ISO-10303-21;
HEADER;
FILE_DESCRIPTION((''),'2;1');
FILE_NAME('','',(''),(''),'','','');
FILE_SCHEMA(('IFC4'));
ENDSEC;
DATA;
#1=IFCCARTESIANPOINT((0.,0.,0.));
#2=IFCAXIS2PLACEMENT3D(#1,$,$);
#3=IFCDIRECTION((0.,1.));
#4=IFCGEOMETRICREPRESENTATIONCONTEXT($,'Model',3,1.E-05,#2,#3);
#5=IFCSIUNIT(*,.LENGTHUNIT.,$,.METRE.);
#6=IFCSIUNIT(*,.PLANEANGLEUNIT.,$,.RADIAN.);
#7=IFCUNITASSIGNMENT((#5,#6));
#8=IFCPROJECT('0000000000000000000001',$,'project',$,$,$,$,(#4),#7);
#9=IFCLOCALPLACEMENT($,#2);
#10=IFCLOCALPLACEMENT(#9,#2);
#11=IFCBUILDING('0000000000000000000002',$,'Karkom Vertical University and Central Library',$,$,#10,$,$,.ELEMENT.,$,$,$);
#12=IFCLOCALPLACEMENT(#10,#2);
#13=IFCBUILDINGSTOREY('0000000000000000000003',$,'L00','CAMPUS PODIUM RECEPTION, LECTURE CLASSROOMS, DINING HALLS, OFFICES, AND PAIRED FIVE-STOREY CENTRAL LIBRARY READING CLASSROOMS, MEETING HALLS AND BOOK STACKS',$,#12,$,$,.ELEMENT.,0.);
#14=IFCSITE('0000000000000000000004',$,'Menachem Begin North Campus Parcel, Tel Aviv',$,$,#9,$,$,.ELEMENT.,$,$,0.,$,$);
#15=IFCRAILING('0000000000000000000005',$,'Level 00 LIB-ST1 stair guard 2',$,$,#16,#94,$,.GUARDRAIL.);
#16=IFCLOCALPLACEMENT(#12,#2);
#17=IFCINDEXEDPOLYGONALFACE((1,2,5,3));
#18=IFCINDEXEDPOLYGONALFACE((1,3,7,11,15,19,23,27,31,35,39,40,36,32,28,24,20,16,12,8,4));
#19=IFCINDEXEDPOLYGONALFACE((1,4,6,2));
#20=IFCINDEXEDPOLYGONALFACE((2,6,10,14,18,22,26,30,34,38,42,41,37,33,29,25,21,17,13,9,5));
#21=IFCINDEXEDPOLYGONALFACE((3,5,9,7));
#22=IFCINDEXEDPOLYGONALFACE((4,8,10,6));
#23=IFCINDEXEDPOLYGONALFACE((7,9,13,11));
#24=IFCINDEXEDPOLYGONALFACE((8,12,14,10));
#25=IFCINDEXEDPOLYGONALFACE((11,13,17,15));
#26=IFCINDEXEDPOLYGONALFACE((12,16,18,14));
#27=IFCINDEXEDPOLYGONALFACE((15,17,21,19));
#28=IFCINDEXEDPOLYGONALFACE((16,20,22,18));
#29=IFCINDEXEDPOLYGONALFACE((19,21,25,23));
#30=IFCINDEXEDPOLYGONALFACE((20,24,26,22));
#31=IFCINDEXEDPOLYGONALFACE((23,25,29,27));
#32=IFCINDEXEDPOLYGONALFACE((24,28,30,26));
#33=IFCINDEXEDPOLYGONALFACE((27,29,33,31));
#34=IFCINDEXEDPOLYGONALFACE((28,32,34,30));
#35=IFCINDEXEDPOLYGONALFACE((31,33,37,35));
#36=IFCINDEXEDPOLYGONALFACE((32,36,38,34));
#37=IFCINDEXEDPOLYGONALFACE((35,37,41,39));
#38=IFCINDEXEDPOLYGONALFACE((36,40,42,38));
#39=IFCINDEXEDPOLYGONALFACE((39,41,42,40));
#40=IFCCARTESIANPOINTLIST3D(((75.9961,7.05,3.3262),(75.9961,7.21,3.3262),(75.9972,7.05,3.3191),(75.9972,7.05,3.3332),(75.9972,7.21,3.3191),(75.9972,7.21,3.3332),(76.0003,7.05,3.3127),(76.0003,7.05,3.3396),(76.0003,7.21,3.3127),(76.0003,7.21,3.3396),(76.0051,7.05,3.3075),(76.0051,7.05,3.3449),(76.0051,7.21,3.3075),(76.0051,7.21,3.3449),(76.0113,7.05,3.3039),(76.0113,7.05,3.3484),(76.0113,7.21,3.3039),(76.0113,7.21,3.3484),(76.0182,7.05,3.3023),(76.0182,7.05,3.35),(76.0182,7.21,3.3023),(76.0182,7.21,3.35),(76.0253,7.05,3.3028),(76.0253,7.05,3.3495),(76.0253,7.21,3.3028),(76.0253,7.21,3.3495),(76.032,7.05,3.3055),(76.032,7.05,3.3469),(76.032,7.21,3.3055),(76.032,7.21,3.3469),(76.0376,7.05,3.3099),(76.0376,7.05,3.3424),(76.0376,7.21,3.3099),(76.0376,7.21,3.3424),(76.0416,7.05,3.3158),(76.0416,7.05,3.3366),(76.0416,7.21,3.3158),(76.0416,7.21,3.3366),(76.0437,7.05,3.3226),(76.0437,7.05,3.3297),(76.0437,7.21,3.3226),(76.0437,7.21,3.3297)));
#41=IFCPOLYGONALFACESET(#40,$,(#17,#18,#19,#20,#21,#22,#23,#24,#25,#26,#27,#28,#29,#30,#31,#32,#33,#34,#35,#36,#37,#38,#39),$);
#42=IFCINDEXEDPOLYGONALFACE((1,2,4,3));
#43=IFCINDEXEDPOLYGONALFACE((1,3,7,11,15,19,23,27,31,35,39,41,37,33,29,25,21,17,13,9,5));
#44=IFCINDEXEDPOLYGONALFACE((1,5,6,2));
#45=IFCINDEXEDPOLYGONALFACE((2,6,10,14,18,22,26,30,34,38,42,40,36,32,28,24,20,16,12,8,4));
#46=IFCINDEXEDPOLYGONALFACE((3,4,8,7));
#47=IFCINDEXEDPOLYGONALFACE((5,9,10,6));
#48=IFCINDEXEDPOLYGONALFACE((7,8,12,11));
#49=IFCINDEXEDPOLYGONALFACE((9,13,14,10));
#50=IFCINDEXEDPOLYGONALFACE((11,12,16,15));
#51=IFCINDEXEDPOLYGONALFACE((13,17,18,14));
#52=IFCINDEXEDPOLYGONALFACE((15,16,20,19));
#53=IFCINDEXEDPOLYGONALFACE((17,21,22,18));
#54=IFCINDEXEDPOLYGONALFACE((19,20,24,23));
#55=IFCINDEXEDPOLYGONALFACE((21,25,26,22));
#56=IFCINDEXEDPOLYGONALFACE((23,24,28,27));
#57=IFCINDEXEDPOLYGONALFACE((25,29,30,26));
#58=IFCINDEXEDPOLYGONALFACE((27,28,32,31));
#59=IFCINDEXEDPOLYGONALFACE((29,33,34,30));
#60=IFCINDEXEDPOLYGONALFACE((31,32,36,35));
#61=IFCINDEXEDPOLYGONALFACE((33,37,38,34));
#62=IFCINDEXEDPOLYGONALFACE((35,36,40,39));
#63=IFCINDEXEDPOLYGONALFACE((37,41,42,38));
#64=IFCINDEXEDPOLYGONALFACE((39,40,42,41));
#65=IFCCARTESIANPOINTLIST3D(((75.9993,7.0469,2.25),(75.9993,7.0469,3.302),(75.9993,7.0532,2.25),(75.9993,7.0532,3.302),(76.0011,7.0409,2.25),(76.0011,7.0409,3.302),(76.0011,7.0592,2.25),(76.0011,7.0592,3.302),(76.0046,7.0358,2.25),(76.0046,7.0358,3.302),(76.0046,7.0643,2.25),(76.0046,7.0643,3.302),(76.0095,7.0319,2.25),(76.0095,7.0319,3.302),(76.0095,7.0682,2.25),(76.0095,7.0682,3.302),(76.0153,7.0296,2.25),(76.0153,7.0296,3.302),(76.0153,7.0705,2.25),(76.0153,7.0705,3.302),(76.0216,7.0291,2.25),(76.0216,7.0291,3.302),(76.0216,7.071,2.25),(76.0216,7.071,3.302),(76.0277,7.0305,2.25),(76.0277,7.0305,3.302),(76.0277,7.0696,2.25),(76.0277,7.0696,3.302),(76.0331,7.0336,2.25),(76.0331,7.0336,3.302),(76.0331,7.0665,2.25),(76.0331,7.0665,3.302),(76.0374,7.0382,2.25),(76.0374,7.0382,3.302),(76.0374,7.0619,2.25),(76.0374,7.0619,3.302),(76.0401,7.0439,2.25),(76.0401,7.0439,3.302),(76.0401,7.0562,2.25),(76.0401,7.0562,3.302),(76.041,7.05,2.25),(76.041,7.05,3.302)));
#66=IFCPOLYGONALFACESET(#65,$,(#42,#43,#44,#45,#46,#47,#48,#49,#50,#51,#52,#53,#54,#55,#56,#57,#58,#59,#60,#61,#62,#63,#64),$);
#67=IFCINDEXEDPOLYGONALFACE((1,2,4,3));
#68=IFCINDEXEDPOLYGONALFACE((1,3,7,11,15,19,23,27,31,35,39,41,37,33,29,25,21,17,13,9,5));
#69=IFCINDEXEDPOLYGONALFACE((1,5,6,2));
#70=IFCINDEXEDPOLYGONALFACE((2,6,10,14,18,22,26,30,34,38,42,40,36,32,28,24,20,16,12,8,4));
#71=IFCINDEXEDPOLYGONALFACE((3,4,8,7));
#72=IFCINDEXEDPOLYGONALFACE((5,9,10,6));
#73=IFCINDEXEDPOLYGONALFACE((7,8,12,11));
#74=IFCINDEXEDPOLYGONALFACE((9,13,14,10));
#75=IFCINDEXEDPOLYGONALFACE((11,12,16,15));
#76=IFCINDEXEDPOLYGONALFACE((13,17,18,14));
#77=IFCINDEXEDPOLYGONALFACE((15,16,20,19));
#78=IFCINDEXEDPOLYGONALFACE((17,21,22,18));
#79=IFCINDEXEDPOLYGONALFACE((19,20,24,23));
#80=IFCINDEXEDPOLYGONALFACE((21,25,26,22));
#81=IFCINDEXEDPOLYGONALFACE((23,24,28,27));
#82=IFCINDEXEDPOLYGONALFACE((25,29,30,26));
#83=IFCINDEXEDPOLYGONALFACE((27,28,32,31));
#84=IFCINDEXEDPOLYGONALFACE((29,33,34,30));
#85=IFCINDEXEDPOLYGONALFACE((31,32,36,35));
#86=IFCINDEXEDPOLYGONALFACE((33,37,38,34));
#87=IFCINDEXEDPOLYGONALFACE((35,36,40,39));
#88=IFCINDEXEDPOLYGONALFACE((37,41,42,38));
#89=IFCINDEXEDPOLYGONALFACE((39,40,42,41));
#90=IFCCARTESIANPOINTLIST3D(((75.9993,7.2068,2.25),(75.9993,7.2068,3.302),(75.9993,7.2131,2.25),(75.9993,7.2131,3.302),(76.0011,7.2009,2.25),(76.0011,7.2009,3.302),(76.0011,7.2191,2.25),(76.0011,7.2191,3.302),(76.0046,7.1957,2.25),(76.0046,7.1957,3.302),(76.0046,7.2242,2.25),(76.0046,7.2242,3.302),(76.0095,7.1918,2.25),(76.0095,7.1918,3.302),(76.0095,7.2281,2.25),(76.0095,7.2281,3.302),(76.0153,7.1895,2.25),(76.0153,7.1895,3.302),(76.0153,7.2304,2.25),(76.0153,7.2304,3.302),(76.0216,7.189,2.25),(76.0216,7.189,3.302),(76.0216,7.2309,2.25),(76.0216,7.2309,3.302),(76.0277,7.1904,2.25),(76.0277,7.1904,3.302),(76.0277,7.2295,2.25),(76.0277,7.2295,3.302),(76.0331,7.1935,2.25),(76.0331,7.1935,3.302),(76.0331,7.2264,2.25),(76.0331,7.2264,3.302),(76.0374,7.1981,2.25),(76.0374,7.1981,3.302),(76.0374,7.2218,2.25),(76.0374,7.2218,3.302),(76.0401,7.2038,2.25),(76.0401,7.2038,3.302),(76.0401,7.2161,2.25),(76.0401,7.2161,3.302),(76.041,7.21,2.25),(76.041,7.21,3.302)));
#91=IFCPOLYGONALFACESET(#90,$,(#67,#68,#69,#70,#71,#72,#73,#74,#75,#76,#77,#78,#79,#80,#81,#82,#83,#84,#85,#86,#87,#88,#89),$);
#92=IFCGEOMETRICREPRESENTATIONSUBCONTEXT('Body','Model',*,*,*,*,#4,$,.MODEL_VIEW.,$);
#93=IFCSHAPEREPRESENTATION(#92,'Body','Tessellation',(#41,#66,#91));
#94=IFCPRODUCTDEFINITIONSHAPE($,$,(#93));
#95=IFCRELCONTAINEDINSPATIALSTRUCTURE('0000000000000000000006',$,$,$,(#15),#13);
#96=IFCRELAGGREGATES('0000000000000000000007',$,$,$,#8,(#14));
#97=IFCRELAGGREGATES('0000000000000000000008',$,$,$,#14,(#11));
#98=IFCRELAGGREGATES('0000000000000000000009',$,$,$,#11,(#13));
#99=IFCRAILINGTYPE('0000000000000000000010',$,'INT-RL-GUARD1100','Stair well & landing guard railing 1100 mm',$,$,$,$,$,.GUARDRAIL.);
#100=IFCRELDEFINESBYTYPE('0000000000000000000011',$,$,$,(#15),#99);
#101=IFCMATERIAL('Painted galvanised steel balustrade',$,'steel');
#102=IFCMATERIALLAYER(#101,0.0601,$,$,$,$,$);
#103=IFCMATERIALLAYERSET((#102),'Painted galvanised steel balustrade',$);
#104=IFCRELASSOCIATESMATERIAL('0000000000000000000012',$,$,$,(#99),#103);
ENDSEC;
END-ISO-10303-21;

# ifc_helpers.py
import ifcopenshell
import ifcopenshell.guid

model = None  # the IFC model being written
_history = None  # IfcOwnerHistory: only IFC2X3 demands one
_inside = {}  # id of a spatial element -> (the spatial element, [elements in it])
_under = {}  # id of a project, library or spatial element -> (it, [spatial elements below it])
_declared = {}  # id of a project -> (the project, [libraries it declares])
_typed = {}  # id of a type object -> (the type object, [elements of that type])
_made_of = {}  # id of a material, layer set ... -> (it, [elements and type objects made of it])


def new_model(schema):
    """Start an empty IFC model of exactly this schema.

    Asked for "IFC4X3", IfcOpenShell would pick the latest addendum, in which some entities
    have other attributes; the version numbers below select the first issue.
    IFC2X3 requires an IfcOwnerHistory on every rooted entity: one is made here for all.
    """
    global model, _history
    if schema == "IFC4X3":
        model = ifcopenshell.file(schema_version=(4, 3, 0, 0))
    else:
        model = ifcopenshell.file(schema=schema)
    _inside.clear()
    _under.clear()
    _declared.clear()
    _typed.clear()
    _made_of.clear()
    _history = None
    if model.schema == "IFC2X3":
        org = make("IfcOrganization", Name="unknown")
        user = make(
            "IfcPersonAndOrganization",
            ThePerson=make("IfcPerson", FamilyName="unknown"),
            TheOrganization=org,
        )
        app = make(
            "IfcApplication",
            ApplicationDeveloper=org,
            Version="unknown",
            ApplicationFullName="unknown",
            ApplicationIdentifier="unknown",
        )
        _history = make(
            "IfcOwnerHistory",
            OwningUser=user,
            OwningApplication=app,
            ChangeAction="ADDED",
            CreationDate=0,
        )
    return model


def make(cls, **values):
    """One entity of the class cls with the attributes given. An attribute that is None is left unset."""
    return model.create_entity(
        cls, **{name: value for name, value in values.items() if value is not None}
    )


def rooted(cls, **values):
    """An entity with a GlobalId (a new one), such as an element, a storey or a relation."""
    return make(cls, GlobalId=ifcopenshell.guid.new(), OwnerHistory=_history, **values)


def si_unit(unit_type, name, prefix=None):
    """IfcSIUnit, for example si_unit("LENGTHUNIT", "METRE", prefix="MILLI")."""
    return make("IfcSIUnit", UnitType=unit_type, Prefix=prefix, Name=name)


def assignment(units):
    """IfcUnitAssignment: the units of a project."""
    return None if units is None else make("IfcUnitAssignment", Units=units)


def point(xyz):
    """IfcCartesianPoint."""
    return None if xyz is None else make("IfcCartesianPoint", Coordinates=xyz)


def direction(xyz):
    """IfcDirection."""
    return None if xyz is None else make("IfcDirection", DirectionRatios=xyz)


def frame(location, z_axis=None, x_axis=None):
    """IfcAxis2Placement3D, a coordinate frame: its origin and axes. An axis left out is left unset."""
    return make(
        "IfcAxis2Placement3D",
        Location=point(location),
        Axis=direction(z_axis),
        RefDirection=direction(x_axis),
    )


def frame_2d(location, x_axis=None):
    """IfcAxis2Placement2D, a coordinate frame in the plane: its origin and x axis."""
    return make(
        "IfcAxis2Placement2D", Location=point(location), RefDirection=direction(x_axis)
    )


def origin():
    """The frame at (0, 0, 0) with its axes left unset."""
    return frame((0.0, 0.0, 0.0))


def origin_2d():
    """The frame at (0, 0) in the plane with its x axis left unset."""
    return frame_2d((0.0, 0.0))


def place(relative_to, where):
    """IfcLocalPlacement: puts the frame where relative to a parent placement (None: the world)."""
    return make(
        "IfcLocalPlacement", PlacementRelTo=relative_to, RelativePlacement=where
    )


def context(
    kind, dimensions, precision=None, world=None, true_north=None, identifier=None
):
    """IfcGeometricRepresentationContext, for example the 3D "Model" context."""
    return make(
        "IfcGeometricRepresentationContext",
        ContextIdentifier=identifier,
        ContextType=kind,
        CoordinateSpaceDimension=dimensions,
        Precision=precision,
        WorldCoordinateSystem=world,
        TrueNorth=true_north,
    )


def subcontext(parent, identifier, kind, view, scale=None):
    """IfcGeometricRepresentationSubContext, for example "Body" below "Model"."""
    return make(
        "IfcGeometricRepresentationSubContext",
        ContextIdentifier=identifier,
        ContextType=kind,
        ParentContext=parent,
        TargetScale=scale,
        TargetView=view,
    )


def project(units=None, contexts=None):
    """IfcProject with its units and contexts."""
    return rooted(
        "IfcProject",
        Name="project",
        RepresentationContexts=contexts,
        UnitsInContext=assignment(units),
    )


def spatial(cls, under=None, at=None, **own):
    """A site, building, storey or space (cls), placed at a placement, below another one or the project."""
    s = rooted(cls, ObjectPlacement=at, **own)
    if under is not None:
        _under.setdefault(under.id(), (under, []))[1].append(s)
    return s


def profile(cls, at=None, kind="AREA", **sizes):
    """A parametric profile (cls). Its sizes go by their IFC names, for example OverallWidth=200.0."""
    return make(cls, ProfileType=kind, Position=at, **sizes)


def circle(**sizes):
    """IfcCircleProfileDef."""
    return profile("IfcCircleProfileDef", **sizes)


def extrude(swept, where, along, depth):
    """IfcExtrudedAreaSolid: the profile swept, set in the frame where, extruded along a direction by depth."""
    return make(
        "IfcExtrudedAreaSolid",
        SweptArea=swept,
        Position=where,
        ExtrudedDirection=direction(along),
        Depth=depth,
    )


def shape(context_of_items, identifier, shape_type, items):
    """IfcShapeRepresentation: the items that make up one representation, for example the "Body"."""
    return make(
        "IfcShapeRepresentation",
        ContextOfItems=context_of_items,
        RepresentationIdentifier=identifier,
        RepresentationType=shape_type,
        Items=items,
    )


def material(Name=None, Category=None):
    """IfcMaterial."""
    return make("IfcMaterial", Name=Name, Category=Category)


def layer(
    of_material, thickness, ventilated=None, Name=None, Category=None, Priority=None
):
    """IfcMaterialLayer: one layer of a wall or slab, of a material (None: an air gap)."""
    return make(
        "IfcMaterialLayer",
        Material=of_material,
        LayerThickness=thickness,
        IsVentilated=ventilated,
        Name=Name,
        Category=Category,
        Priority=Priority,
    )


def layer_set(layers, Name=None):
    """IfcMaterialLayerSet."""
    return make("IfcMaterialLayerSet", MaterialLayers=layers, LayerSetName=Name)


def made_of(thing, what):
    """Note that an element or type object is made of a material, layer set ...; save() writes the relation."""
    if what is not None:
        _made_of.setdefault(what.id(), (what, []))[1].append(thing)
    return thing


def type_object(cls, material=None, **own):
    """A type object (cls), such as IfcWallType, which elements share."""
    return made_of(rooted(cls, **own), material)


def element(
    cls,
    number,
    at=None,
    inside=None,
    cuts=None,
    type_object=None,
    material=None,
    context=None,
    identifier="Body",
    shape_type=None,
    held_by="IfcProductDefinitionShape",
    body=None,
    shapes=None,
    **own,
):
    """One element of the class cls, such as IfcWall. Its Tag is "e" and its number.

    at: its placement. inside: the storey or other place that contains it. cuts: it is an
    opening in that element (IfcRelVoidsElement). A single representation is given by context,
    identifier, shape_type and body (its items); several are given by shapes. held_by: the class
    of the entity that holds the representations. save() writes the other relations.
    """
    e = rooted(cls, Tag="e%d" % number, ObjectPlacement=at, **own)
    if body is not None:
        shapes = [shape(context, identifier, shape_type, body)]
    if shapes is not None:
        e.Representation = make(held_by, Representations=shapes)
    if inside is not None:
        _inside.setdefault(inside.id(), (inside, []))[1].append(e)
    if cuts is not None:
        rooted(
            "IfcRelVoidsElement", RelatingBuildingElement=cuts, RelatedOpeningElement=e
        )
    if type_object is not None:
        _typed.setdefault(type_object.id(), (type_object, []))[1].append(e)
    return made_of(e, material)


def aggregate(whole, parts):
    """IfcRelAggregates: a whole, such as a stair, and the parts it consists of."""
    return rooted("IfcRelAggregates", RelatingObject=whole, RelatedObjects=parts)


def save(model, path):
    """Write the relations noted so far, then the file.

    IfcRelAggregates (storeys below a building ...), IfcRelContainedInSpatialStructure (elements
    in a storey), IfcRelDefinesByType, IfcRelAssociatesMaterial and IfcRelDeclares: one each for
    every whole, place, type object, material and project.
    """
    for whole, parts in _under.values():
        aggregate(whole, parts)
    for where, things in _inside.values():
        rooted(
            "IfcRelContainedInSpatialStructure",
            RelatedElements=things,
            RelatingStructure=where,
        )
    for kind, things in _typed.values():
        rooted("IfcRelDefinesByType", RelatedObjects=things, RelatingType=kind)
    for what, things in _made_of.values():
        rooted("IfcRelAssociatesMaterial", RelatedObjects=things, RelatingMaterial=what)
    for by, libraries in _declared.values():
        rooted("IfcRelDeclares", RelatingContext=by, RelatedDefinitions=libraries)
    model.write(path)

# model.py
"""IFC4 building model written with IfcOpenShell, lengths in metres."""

from ifc_helpers import new_model, si_unit, direction, frame, origin, origin_2d, place, context, subcontext, project, spatial, circle, extrude, material, layer, layer_set, type_object, element, save


model = new_model("IFC4")

# Units and contexts
model_context = context("Model", 3, precision=1e-05, world=origin(), true_north=direction((0.0, 1.0)))
body_context = subcontext(model_context, "Body", "Model", "MODEL_VIEW")
ifc_project = project(units=[si_unit("LENGTHUNIT", "METRE"), si_unit("PLANEANGLEUNIT", "RADIAN")], contexts=[model_context])

# Site, building, storey
site_placement = place(None, origin())
site = spatial("IfcSite", under=ifc_project, at=site_placement, Name="Menachem Begin North Campus Parcel, Tel Aviv", CompositionType="ELEMENT", RefElevation=0.0)
building_placement = place(site_placement, origin())
building = spatial("IfcBuilding", under=site, at=building_placement, Name="Karkom Vertical University and Central Library", CompositionType="ELEMENT")
storey_placement = place(building_placement, origin())
storey = spatial("IfcBuildingStorey", under=building, at=storey_placement, Name="L00", Description="CAMPUS PODIUM RECEPTION, LECTURE CLASSROOMS, DINING HALLS, OFFICES, AND PAIRED FIVE-STOREY CENTRAL LIBRARY READING CLASSROOMS, MEETING HALLS AND BOOK STACKS", CompositionType="ELEMENT", Elevation=0.0)

# Railing
ifc_material_1 = material(Name="Painted galvanised steel balustrade", Category="steel")
ifc_layer_1 = layer(ifc_material_1, 0.0601)
ifc_layer_set_1 = layer_set([ifc_layer_1], Name="Painted galvanised steel balustrade")
railing_type_1 = type_object("IfcRailingType", Name="INT-RL-GUARD1100", Description="Stair well & landing guard railing 1100 mm", PredefinedType="GUARDRAIL", material=ifc_layer_set_1)
railing_1_placement = place(storey_placement, frame((76.02, 7.05, 2.25)))
element("IfcRailing", 1, at=railing_1_placement, inside=storey, type_object=railing_type_1, Name="Level 00 LIB-ST1 stair guard 2", PredefinedType="GUARDRAIL", context=body_context, shape_type="SweptSolid", body=[
    extrude(circle(Radius=0.0239, at=origin_2d()), frame((0.0, 0.0, 1.0762), z_axis=(0.0, 1.0, 0.0), x_axis=(-1.0, 0.0, 0.0)), (0.0, 0.0, 1.0), 0.1599),
    extrude(circle(Radius=0.021, at=origin_2d()), origin(), (0.0, 0.0, 1.0), 1.052),
    extrude(circle(Radius=0.021, at=origin_2d()), frame((0.0, 0.1599, 0.0)), (0.0, 0.0, 1.0), 1.052),
])

save(model, "model.ifc")
